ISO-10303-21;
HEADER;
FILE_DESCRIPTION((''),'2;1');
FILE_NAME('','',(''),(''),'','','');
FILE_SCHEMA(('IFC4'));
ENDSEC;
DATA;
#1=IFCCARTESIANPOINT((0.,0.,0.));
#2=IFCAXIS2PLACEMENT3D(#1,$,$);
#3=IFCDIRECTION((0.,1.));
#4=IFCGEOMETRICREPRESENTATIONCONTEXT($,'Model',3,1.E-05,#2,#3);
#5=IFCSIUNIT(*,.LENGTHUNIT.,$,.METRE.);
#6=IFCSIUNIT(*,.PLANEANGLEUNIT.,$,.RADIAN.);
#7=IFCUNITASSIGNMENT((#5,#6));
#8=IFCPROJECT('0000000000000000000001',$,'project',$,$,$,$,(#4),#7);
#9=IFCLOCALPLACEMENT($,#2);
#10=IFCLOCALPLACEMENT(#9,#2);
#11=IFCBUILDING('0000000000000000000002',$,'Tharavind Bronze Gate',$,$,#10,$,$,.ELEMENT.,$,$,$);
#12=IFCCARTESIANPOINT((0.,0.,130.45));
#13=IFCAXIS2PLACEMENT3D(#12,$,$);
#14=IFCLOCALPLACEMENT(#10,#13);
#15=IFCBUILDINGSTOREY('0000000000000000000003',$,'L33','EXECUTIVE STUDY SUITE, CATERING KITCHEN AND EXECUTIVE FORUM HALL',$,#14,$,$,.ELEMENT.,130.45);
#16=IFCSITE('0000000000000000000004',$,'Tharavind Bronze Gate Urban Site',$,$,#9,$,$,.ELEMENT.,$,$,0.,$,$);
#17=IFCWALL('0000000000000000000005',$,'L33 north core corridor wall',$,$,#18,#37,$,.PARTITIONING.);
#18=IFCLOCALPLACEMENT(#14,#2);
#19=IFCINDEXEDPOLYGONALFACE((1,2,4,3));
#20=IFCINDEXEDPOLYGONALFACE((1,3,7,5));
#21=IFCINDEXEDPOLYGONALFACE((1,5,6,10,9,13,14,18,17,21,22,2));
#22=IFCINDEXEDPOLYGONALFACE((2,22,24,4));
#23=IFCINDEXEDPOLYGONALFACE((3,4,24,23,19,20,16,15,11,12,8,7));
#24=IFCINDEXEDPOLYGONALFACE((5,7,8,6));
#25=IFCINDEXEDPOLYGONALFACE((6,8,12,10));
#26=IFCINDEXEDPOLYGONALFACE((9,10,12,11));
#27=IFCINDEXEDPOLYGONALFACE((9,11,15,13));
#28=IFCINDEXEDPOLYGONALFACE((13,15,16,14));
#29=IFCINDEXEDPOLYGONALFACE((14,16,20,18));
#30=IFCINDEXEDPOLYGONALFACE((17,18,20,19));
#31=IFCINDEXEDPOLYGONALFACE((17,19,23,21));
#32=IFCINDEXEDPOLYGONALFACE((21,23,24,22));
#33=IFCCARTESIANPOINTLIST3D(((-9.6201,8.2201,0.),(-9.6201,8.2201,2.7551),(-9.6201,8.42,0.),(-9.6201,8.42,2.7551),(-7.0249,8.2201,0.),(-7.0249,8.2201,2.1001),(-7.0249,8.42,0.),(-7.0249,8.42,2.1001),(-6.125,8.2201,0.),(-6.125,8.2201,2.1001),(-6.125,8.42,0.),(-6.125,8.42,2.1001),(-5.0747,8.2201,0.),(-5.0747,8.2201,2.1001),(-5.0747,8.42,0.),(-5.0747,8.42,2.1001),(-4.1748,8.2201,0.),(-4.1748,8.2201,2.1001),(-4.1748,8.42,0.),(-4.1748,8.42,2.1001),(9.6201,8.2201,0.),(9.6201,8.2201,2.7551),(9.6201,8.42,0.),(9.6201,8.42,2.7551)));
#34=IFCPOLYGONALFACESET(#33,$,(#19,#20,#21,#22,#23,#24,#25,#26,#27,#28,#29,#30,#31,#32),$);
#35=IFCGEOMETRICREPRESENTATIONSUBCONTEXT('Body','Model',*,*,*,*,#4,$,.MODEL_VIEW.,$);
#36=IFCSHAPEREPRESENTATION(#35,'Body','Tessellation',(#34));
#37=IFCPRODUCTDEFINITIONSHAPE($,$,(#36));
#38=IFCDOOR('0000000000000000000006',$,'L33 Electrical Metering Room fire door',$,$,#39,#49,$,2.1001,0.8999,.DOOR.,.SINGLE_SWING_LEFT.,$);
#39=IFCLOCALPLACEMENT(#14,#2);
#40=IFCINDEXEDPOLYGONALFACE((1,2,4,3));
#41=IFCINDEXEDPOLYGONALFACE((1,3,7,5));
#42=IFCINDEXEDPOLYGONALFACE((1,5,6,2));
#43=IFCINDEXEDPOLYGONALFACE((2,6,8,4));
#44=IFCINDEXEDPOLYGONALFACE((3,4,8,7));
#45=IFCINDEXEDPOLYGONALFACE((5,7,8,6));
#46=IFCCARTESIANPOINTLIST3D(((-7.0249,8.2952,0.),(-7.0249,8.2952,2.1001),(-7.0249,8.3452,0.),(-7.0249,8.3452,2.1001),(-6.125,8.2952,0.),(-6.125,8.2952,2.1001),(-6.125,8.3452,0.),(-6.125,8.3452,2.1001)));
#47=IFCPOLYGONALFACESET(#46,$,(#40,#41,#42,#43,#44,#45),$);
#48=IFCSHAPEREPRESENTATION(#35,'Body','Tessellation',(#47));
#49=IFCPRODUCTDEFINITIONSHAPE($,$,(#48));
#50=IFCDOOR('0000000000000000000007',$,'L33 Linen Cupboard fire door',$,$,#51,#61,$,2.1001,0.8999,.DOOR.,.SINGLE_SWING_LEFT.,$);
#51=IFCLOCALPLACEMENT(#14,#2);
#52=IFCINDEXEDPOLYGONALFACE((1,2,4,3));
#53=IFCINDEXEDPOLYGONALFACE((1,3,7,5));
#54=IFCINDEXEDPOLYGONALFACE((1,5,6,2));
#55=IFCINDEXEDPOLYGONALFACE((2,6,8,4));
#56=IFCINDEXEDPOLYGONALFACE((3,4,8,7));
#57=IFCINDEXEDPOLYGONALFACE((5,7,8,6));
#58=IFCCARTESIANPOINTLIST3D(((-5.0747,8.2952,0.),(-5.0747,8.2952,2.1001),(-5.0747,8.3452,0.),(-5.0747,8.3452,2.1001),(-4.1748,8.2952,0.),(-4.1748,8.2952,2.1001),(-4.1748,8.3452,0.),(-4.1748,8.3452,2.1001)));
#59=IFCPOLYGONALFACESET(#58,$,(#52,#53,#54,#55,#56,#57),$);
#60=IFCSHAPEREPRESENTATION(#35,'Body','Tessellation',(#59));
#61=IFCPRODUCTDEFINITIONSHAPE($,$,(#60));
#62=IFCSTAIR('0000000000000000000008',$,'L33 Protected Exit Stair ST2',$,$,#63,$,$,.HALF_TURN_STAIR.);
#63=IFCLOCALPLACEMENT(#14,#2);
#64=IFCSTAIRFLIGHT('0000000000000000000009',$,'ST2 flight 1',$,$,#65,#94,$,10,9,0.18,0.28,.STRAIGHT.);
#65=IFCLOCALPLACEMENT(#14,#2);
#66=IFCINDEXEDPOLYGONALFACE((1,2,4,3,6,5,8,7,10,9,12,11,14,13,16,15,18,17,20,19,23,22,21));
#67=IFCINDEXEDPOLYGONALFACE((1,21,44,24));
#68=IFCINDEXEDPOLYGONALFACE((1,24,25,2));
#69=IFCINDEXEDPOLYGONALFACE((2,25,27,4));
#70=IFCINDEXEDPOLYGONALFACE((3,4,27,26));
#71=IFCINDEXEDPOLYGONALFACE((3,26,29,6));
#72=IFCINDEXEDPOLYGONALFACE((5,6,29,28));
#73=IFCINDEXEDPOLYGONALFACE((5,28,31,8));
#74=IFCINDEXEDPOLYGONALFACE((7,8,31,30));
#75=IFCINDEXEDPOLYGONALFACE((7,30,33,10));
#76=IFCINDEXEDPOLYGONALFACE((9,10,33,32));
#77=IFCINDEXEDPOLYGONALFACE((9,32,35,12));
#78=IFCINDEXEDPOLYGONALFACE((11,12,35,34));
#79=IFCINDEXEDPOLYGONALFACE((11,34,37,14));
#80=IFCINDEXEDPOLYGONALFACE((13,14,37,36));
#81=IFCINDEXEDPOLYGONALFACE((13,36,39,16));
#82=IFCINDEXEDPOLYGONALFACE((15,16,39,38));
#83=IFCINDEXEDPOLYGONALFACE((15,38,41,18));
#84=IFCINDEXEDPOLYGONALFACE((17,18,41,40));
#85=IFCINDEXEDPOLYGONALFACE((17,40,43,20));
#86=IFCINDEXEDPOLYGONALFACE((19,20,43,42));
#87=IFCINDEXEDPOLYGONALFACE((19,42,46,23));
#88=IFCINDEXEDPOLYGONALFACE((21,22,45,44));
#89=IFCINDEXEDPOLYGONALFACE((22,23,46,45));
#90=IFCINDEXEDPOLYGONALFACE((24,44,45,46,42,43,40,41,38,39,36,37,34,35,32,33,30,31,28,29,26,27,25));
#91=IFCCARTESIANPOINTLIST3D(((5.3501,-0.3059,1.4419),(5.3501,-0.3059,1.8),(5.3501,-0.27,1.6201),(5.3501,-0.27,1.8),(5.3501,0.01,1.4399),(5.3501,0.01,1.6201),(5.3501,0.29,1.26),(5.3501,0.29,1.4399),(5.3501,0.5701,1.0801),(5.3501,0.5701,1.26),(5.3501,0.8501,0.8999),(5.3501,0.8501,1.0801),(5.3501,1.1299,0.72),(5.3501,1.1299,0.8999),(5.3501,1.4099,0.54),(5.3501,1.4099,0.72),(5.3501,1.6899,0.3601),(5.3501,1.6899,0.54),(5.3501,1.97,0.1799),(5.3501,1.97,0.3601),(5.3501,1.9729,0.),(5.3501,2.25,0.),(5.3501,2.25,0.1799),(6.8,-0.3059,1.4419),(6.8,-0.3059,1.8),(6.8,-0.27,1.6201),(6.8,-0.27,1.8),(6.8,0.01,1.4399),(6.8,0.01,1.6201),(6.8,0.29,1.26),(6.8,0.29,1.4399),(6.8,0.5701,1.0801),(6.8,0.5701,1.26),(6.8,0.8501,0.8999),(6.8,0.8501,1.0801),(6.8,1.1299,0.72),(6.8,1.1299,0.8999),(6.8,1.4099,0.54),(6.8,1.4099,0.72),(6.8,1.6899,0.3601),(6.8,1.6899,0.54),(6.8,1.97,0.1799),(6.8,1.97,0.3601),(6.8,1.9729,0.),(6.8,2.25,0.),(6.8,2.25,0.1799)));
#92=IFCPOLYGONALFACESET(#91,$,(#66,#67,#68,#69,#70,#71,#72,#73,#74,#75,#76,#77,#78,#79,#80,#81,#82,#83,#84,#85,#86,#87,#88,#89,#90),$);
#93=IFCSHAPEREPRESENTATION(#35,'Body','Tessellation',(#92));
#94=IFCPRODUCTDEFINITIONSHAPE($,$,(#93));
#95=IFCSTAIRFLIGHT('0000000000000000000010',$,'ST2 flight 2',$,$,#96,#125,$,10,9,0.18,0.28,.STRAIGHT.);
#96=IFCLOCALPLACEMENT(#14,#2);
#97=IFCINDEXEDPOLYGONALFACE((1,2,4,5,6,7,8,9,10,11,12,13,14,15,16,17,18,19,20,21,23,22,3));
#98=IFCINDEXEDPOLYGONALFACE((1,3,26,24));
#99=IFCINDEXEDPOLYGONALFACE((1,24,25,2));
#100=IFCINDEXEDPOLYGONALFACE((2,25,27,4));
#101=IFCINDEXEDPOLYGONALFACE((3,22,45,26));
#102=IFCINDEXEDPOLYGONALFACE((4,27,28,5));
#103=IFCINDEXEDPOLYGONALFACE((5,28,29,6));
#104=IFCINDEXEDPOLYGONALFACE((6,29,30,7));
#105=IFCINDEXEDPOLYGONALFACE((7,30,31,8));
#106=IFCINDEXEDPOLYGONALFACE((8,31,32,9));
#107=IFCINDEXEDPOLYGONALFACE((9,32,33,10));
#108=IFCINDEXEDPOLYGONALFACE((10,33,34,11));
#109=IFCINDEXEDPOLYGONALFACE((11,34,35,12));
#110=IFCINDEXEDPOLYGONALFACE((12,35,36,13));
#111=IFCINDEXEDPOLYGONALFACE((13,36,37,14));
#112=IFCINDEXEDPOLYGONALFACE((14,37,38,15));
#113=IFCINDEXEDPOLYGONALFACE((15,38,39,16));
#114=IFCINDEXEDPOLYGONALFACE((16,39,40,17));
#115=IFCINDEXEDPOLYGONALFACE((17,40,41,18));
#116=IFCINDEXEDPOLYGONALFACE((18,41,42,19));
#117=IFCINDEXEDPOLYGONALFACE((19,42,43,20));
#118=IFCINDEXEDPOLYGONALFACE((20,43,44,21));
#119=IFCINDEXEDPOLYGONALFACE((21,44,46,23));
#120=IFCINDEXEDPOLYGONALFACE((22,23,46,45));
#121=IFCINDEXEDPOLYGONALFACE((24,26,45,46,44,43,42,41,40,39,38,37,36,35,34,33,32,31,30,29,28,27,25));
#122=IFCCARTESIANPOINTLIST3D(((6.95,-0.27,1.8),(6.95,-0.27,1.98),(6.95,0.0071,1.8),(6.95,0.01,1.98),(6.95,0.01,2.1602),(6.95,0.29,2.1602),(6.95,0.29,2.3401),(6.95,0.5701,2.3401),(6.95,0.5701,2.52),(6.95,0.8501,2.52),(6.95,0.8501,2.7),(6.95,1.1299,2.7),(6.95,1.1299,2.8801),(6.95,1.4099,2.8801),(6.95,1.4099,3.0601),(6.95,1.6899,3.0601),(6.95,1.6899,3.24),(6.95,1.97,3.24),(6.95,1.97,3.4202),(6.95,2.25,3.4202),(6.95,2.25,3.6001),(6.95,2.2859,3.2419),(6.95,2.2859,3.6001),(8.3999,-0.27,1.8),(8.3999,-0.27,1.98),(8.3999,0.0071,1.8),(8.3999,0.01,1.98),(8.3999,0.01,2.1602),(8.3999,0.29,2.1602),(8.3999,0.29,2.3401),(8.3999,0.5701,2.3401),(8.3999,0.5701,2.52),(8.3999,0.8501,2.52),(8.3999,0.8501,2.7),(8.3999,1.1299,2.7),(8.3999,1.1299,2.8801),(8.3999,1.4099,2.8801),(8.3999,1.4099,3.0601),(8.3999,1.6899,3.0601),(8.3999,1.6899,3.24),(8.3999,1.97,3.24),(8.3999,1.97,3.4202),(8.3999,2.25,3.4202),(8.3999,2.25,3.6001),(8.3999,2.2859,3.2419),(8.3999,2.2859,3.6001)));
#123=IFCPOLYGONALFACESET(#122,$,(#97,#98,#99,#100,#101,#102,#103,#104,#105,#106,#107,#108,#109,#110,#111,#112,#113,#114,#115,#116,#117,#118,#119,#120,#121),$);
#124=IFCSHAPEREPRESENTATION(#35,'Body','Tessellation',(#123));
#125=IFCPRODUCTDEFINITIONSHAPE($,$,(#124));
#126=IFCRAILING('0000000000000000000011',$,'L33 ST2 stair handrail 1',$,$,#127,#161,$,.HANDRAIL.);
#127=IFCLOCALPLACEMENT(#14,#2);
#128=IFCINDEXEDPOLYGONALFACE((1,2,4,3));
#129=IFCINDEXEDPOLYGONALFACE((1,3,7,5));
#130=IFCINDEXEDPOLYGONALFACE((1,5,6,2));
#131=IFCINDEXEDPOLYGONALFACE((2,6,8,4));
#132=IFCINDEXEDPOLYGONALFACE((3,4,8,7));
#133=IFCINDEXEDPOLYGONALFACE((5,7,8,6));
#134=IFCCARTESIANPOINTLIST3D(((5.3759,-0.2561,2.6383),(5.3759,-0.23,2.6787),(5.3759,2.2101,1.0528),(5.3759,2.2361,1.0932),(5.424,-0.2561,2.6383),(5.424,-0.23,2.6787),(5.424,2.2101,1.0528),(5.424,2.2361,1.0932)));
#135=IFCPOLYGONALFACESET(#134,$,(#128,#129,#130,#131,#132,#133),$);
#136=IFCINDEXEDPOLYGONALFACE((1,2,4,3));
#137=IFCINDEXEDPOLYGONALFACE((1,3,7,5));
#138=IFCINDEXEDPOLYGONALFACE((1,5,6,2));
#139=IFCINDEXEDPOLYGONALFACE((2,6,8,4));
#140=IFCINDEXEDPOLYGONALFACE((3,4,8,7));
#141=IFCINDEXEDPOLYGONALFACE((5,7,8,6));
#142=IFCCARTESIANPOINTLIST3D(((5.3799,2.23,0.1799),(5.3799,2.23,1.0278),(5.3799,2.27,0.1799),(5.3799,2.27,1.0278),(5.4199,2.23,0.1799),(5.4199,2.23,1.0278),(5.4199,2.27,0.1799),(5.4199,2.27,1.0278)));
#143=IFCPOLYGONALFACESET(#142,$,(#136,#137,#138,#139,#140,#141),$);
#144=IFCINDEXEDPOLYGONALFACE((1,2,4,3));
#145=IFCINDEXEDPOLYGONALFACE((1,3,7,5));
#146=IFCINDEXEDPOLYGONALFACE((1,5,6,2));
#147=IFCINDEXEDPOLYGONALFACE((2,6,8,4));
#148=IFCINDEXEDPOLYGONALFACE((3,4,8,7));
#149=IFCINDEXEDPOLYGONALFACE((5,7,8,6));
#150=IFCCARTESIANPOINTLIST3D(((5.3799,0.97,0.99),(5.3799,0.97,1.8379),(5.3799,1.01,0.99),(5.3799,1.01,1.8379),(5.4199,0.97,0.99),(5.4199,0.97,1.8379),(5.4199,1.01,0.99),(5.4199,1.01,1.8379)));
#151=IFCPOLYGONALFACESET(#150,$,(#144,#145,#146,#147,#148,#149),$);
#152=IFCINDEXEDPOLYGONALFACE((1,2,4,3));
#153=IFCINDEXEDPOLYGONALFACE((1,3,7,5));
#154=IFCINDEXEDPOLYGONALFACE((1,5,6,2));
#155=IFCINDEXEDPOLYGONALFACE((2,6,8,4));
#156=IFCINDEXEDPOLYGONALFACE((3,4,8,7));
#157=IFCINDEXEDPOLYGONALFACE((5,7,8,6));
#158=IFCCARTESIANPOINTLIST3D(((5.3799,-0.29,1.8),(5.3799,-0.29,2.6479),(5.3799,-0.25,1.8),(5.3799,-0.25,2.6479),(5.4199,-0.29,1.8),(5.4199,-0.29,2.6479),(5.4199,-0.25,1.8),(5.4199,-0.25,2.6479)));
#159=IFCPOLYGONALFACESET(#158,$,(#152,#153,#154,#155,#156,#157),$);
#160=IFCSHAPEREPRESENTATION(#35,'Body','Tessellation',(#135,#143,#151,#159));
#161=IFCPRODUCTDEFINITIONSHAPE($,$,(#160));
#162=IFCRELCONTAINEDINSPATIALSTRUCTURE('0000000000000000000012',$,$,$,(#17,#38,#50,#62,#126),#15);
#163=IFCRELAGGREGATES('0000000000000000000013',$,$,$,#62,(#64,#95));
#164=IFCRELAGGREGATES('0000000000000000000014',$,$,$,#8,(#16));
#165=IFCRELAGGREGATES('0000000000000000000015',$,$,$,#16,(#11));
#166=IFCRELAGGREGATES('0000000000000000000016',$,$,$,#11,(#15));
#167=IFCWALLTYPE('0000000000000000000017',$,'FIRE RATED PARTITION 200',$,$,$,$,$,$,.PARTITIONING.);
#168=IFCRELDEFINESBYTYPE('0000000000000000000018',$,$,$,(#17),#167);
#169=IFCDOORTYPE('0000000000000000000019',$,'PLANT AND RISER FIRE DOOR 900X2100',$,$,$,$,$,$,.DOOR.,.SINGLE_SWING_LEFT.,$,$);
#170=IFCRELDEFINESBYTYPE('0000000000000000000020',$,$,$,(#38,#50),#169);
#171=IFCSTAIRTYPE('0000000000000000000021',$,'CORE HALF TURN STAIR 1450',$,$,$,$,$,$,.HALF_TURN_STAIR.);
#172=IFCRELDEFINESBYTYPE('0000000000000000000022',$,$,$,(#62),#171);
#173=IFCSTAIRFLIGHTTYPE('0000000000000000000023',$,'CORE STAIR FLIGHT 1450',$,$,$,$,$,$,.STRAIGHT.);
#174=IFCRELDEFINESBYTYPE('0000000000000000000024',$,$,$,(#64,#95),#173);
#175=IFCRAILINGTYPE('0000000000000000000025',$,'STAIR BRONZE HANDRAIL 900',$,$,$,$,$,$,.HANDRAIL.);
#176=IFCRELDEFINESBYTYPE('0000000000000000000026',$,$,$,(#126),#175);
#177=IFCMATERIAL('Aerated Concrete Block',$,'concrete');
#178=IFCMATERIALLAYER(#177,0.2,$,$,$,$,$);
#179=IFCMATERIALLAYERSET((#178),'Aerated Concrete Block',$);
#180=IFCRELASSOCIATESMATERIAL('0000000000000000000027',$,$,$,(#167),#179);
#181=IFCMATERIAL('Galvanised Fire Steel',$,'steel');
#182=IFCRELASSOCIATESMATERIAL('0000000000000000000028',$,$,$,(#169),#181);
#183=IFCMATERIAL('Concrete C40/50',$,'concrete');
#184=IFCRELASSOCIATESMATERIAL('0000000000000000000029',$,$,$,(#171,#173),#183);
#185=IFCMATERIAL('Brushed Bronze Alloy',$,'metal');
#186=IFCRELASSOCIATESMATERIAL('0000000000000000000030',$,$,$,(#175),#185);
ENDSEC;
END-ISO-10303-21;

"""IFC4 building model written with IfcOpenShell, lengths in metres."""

from ifc_helpers import new_model, si_unit, direction, frame, frame_2d, origin, origin_2d, place, context, subcontext, project, spatial, polyline, rectangle, outline, extrude, material, layer, layer_set, type_object, element, fill, aggregate, save


model = new_model("IFC4")

# Units and contexts
model_context = context("Model", 3, precision=1e-05, world=origin(), true_north=direction((0.0, 1.0)))
body_context = subcontext(model_context, "Body", "Model", "MODEL_VIEW")
ifc_project = project(units=[si_unit("LENGTHUNIT", "METRE"), si_unit("PLANEANGLEUNIT", "RADIAN")], contexts=[model_context])

# Site, building, storey
site_placement = place(None, origin())
site = spatial("IfcSite", under=ifc_project, at=site_placement, Name="Tharavind Bronze Gate Urban Site", CompositionType="ELEMENT", RefElevation=0.0)
building_placement = place(site_placement, origin())
building = spatial("IfcBuilding", under=site, at=building_placement, Name="Tharavind Bronze Gate", CompositionType="ELEMENT")
storey_placement = place(building_placement, frame((0.0, 0.0, 130.45)))
storey = spatial("IfcBuildingStorey", under=building, at=storey_placement, Name="L33", Description="EXECUTIVE STUDY SUITE, CATERING KITCHEN AND EXECUTIVE FORUM HALL", CompositionType="ELEMENT", Elevation=130.45)

# Wall, openings, doors
ifc_material_1 = material(Name="Aerated Concrete Block", Category="concrete")
ifc_layer_1 = layer(ifc_material_1, 0.2)
ifc_layer_set_1 = layer_set([ifc_layer_1], Name="Aerated Concrete Block")
wall_type_1 = type_object("IfcWallType", Name="FIRE RATED PARTITION 200", PredefinedType="PARTITIONING", material=ifc_layer_set_1)
wall_1_placement = place(storey_placement, frame((9.6201, 8.3201, 0.0), z_axis=(0.0, 0.0, 1.0), x_axis=(-1.0, 0.0, 0.0)))
wall_1 = element("IfcWall", 1, at=wall_1_placement, inside=storey, type_object=wall_type_1, Name="L33 north core corridor wall", PredefinedType="PARTITIONING", context=body_context, shape_type="SweptSolid", body=[
    extrude(rectangle(XDim=19.2402, YDim=0.2, at=frame_2d((9.6201, 0.0))), origin(), (0.0, 0.0, 1.0), 2.7551),
])
opening_1_placement = place(wall_1_placement, frame((15.7451, 0.0, 0.0)))
opening_1 = element("IfcOpeningElement", 2, at=opening_1_placement, cuts=wall_1, PredefinedType="OPENING", context=body_context, shape_type="SweptSolid", body=[
    extrude(rectangle(XDim=0.8999, YDim=2.1001, at=frame_2d((0.45, 1.05))), frame((0.0, 0.1101, 0.0), z_axis=(0.0, -1.0, 0.0), x_axis=(1.0, 0.0, 0.0)), (0.0, 0.0, 1.0), 0.22),
])
opening_2_placement = place(wall_1_placement, frame((13.7949, 0.0, 0.0)))
opening_2 = element("IfcOpeningElement", 3, at=opening_2_placement, cuts=wall_1, PredefinedType="OPENING", context=body_context, shape_type="SweptSolid", body=[
    extrude(rectangle(XDim=0.8999, YDim=2.1001, at=frame_2d((0.45, 1.05))), frame((0.0, 0.1101, 0.0), z_axis=(0.0, -1.0, 0.0), x_axis=(1.0, 0.0, 0.0)), (0.0, 0.0, 1.0), 0.22),
])
ifc_material_2 = material(Name="Galvanised Fire Steel", Category="steel")
door_type_1 = type_object("IfcDoorType", Name="PLANT AND RISER FIRE DOOR 900X2100", OperationType="SINGLE_SWING_LEFT", PredefinedType="DOOR", material=ifc_material_2)
door_1_placement = place(opening_1_placement, origin())
door_1 = element("IfcDoor", 4, at=door_1_placement, inside=storey, type_object=door_type_1, Name="L33 Electrical Metering Room fire door", OperationType="SINGLE_SWING_LEFT", OverallHeight=2.1001, OverallWidth=0.8999, PredefinedType="DOOR", context=body_context, shape_type="SweptSolid", body=[
    extrude(rectangle(XDim=0.8999, YDim=2.1001, at=frame_2d((0.45, 1.05))), frame((0.0, 0.0249, 0.0), z_axis=(0.0, -1.0, 0.0), x_axis=(1.0, 0.0, 0.0)), (0.0, 0.0, 1.0), 0.05),
])
fill(opening_1, door_1)
door_2_placement = place(opening_2_placement, origin())
door_2 = element("IfcDoor", 5, at=door_2_placement, inside=storey, type_object=door_type_1, Name="L33 Linen Cupboard fire door", OperationType="SINGLE_SWING_LEFT", OverallHeight=2.1001, OverallWidth=0.8999, PredefinedType="DOOR", context=body_context, shape_type="SweptSolid", body=[
    extrude(rectangle(XDim=0.8999, YDim=2.1001, at=frame_2d((0.45, 1.05))), frame((0.0, 0.0249, 0.0), z_axis=(0.0, -1.0, 0.0), x_axis=(1.0, 0.0, 0.0)), (0.0, 0.0, 1.0), 0.05),
])
fill(opening_2, door_2)

# Stair, stair flights
ifc_material_3 = material(Name="Concrete C40/50", Category="concrete")
stair_type = type_object("IfcStairType", Name="CORE HALF TURN STAIR 1450", PredefinedType="HALF_TURN_STAIR", material=ifc_material_3)
stair_placement = place(storey_placement, origin())
stair = element("IfcStair", 6, at=stair_placement, inside=storey, type_object=stair_type, Name="L33 Protected Exit Stair ST2", PredefinedType="HALF_TURN_STAIR")
stair_flight_type = type_object("IfcStairFlightType", Name="CORE STAIR FLIGHT 1450", PredefinedType="STRAIGHT", material=ifc_material_3)
stair_flight_1_placement = place(storey_placement, frame((6.075, 2.25, 0.0), z_axis=(0.0, 0.0, 1.0), x_axis=(0.0, -1.0, 0.0)))
stair_flight_1 = element("IfcStairFlight", 7, at=stair_flight_1_placement, type_object=stair_flight_type, Name="ST2 flight 1", NumberOfRisers=10, NumberOfTreads=9, PredefinedType="STRAIGHT", RiserHeight=0.18, TreadLength=0.28, context=body_context, shape_type="SweptSolid", body=[
    extrude(outline(polyline([(0.0, 0.0), (0.0, 0.1799), (0.28, 0.1799), (0.28, 0.3601), (0.5601, 0.3601), (0.5601, 0.54), (0.8401, 0.54), (0.8401, 0.72), (1.1201, 0.72), (1.1201, 0.8999), (1.3999, 0.8999), (1.3999, 1.0801), (1.6799, 1.0801), (1.6799, 1.26), (1.96, 1.26), (1.96, 1.4399), (2.24, 1.4399), (2.24, 1.6201), (2.52, 1.6201), (2.52, 1.8), (2.5559, 1.8), (2.5559, 1.4419), (0.2771, 0.0), (0.0, 0.0)])), frame((0.0, 0.7251, 0.0), z_axis=(0.0, -1.0, 0.0), x_axis=(1.0, 0.0, 0.0)), (0.0, 0.0, 1.0), 1.45),
])
stair_flight_2_placement = place(storey_placement, frame((7.675, -0.27, 1.8), z_axis=(0.0, 0.0, 1.0), x_axis=(0.0, 1.0, 0.0)))
stair_flight_2 = element("IfcStairFlight", 8, at=stair_flight_2_placement, type_object=stair_flight_type, Name="ST2 flight 2", NumberOfRisers=10, NumberOfTreads=9, PredefinedType="STRAIGHT", RiserHeight=0.18, TreadLength=0.28, context=body_context, shape_type="SweptSolid", body=[
    extrude(outline(polyline([(0.0, 0.0), (0.0, 0.1799), (0.28, 0.1799), (0.28, 0.3601), (0.5601, 0.3601), (0.5601, 0.54), (0.8401, 0.54), (0.8401, 0.72), (1.1201, 0.72), (1.1201, 0.8999), (1.3999, 0.8999), (1.3999, 1.0801), (1.6799, 1.0801), (1.6799, 1.26), (1.96, 1.26), (1.96, 1.4399), (2.24, 1.4399), (2.24, 1.6201), (2.52, 1.6201), (2.52, 1.8), (2.5559, 1.8), (2.5559, 1.4419), (0.2771, 0.0), (0.0, 0.0)])), frame((0.0, 0.7251, 0.0), z_axis=(0.0, -1.0, 0.0), x_axis=(1.0, 0.0, 0.0)), (0.0, 0.0, 1.0), 1.45),
])
aggregate(stair, [stair_flight_1, stair_flight_2])

# Railing
ifc_material_4 = material(Name="Brushed Bronze Alloy", Category="metal")
railing_type_1 = type_object("IfcRailingType", Name="STAIR BRONZE HANDRAIL 900", PredefinedType="HANDRAIL", material=ifc_material_4)
railing_1_placement = place(storey_placement, frame((5.3999, 2.25, 0.1799)))
element("IfcRailing", 9, at=railing_1_placement, inside=storey, type_object=railing_type_1, Name="L33 ST2 stair handrail 1", PredefinedType="HANDRAIL", context=body_context, shape_type="SweptSolid", body=[
    extrude(rectangle(XDim=0.0481, YDim=0.0481, at=origin_2d()), frame((0.0, -0.0269, 0.8931), z_axis=(0.0, -0.841163, 0.540782), x_axis=(1.0, 0.0, 0.0)), (0.0, 0.0, 1.0), 2.9319),
    extrude(rectangle(XDim=0.04, YDim=0.04, at=origin_2d()), origin(), (0.0, 0.0, 1.0), 0.8479),
    extrude(rectangle(XDim=0.04, YDim=0.04, at=origin_2d()), frame((0.0, -1.26, 0.8101)), (0.0, 0.0, 1.0), 0.8479),
    extrude(rectangle(XDim=0.04, YDim=0.04, at=origin_2d()), frame((0.0, -2.52, 1.6201)), (0.0, 0.0, 1.0), 0.8479),
])

save(model, "model.ifc")
